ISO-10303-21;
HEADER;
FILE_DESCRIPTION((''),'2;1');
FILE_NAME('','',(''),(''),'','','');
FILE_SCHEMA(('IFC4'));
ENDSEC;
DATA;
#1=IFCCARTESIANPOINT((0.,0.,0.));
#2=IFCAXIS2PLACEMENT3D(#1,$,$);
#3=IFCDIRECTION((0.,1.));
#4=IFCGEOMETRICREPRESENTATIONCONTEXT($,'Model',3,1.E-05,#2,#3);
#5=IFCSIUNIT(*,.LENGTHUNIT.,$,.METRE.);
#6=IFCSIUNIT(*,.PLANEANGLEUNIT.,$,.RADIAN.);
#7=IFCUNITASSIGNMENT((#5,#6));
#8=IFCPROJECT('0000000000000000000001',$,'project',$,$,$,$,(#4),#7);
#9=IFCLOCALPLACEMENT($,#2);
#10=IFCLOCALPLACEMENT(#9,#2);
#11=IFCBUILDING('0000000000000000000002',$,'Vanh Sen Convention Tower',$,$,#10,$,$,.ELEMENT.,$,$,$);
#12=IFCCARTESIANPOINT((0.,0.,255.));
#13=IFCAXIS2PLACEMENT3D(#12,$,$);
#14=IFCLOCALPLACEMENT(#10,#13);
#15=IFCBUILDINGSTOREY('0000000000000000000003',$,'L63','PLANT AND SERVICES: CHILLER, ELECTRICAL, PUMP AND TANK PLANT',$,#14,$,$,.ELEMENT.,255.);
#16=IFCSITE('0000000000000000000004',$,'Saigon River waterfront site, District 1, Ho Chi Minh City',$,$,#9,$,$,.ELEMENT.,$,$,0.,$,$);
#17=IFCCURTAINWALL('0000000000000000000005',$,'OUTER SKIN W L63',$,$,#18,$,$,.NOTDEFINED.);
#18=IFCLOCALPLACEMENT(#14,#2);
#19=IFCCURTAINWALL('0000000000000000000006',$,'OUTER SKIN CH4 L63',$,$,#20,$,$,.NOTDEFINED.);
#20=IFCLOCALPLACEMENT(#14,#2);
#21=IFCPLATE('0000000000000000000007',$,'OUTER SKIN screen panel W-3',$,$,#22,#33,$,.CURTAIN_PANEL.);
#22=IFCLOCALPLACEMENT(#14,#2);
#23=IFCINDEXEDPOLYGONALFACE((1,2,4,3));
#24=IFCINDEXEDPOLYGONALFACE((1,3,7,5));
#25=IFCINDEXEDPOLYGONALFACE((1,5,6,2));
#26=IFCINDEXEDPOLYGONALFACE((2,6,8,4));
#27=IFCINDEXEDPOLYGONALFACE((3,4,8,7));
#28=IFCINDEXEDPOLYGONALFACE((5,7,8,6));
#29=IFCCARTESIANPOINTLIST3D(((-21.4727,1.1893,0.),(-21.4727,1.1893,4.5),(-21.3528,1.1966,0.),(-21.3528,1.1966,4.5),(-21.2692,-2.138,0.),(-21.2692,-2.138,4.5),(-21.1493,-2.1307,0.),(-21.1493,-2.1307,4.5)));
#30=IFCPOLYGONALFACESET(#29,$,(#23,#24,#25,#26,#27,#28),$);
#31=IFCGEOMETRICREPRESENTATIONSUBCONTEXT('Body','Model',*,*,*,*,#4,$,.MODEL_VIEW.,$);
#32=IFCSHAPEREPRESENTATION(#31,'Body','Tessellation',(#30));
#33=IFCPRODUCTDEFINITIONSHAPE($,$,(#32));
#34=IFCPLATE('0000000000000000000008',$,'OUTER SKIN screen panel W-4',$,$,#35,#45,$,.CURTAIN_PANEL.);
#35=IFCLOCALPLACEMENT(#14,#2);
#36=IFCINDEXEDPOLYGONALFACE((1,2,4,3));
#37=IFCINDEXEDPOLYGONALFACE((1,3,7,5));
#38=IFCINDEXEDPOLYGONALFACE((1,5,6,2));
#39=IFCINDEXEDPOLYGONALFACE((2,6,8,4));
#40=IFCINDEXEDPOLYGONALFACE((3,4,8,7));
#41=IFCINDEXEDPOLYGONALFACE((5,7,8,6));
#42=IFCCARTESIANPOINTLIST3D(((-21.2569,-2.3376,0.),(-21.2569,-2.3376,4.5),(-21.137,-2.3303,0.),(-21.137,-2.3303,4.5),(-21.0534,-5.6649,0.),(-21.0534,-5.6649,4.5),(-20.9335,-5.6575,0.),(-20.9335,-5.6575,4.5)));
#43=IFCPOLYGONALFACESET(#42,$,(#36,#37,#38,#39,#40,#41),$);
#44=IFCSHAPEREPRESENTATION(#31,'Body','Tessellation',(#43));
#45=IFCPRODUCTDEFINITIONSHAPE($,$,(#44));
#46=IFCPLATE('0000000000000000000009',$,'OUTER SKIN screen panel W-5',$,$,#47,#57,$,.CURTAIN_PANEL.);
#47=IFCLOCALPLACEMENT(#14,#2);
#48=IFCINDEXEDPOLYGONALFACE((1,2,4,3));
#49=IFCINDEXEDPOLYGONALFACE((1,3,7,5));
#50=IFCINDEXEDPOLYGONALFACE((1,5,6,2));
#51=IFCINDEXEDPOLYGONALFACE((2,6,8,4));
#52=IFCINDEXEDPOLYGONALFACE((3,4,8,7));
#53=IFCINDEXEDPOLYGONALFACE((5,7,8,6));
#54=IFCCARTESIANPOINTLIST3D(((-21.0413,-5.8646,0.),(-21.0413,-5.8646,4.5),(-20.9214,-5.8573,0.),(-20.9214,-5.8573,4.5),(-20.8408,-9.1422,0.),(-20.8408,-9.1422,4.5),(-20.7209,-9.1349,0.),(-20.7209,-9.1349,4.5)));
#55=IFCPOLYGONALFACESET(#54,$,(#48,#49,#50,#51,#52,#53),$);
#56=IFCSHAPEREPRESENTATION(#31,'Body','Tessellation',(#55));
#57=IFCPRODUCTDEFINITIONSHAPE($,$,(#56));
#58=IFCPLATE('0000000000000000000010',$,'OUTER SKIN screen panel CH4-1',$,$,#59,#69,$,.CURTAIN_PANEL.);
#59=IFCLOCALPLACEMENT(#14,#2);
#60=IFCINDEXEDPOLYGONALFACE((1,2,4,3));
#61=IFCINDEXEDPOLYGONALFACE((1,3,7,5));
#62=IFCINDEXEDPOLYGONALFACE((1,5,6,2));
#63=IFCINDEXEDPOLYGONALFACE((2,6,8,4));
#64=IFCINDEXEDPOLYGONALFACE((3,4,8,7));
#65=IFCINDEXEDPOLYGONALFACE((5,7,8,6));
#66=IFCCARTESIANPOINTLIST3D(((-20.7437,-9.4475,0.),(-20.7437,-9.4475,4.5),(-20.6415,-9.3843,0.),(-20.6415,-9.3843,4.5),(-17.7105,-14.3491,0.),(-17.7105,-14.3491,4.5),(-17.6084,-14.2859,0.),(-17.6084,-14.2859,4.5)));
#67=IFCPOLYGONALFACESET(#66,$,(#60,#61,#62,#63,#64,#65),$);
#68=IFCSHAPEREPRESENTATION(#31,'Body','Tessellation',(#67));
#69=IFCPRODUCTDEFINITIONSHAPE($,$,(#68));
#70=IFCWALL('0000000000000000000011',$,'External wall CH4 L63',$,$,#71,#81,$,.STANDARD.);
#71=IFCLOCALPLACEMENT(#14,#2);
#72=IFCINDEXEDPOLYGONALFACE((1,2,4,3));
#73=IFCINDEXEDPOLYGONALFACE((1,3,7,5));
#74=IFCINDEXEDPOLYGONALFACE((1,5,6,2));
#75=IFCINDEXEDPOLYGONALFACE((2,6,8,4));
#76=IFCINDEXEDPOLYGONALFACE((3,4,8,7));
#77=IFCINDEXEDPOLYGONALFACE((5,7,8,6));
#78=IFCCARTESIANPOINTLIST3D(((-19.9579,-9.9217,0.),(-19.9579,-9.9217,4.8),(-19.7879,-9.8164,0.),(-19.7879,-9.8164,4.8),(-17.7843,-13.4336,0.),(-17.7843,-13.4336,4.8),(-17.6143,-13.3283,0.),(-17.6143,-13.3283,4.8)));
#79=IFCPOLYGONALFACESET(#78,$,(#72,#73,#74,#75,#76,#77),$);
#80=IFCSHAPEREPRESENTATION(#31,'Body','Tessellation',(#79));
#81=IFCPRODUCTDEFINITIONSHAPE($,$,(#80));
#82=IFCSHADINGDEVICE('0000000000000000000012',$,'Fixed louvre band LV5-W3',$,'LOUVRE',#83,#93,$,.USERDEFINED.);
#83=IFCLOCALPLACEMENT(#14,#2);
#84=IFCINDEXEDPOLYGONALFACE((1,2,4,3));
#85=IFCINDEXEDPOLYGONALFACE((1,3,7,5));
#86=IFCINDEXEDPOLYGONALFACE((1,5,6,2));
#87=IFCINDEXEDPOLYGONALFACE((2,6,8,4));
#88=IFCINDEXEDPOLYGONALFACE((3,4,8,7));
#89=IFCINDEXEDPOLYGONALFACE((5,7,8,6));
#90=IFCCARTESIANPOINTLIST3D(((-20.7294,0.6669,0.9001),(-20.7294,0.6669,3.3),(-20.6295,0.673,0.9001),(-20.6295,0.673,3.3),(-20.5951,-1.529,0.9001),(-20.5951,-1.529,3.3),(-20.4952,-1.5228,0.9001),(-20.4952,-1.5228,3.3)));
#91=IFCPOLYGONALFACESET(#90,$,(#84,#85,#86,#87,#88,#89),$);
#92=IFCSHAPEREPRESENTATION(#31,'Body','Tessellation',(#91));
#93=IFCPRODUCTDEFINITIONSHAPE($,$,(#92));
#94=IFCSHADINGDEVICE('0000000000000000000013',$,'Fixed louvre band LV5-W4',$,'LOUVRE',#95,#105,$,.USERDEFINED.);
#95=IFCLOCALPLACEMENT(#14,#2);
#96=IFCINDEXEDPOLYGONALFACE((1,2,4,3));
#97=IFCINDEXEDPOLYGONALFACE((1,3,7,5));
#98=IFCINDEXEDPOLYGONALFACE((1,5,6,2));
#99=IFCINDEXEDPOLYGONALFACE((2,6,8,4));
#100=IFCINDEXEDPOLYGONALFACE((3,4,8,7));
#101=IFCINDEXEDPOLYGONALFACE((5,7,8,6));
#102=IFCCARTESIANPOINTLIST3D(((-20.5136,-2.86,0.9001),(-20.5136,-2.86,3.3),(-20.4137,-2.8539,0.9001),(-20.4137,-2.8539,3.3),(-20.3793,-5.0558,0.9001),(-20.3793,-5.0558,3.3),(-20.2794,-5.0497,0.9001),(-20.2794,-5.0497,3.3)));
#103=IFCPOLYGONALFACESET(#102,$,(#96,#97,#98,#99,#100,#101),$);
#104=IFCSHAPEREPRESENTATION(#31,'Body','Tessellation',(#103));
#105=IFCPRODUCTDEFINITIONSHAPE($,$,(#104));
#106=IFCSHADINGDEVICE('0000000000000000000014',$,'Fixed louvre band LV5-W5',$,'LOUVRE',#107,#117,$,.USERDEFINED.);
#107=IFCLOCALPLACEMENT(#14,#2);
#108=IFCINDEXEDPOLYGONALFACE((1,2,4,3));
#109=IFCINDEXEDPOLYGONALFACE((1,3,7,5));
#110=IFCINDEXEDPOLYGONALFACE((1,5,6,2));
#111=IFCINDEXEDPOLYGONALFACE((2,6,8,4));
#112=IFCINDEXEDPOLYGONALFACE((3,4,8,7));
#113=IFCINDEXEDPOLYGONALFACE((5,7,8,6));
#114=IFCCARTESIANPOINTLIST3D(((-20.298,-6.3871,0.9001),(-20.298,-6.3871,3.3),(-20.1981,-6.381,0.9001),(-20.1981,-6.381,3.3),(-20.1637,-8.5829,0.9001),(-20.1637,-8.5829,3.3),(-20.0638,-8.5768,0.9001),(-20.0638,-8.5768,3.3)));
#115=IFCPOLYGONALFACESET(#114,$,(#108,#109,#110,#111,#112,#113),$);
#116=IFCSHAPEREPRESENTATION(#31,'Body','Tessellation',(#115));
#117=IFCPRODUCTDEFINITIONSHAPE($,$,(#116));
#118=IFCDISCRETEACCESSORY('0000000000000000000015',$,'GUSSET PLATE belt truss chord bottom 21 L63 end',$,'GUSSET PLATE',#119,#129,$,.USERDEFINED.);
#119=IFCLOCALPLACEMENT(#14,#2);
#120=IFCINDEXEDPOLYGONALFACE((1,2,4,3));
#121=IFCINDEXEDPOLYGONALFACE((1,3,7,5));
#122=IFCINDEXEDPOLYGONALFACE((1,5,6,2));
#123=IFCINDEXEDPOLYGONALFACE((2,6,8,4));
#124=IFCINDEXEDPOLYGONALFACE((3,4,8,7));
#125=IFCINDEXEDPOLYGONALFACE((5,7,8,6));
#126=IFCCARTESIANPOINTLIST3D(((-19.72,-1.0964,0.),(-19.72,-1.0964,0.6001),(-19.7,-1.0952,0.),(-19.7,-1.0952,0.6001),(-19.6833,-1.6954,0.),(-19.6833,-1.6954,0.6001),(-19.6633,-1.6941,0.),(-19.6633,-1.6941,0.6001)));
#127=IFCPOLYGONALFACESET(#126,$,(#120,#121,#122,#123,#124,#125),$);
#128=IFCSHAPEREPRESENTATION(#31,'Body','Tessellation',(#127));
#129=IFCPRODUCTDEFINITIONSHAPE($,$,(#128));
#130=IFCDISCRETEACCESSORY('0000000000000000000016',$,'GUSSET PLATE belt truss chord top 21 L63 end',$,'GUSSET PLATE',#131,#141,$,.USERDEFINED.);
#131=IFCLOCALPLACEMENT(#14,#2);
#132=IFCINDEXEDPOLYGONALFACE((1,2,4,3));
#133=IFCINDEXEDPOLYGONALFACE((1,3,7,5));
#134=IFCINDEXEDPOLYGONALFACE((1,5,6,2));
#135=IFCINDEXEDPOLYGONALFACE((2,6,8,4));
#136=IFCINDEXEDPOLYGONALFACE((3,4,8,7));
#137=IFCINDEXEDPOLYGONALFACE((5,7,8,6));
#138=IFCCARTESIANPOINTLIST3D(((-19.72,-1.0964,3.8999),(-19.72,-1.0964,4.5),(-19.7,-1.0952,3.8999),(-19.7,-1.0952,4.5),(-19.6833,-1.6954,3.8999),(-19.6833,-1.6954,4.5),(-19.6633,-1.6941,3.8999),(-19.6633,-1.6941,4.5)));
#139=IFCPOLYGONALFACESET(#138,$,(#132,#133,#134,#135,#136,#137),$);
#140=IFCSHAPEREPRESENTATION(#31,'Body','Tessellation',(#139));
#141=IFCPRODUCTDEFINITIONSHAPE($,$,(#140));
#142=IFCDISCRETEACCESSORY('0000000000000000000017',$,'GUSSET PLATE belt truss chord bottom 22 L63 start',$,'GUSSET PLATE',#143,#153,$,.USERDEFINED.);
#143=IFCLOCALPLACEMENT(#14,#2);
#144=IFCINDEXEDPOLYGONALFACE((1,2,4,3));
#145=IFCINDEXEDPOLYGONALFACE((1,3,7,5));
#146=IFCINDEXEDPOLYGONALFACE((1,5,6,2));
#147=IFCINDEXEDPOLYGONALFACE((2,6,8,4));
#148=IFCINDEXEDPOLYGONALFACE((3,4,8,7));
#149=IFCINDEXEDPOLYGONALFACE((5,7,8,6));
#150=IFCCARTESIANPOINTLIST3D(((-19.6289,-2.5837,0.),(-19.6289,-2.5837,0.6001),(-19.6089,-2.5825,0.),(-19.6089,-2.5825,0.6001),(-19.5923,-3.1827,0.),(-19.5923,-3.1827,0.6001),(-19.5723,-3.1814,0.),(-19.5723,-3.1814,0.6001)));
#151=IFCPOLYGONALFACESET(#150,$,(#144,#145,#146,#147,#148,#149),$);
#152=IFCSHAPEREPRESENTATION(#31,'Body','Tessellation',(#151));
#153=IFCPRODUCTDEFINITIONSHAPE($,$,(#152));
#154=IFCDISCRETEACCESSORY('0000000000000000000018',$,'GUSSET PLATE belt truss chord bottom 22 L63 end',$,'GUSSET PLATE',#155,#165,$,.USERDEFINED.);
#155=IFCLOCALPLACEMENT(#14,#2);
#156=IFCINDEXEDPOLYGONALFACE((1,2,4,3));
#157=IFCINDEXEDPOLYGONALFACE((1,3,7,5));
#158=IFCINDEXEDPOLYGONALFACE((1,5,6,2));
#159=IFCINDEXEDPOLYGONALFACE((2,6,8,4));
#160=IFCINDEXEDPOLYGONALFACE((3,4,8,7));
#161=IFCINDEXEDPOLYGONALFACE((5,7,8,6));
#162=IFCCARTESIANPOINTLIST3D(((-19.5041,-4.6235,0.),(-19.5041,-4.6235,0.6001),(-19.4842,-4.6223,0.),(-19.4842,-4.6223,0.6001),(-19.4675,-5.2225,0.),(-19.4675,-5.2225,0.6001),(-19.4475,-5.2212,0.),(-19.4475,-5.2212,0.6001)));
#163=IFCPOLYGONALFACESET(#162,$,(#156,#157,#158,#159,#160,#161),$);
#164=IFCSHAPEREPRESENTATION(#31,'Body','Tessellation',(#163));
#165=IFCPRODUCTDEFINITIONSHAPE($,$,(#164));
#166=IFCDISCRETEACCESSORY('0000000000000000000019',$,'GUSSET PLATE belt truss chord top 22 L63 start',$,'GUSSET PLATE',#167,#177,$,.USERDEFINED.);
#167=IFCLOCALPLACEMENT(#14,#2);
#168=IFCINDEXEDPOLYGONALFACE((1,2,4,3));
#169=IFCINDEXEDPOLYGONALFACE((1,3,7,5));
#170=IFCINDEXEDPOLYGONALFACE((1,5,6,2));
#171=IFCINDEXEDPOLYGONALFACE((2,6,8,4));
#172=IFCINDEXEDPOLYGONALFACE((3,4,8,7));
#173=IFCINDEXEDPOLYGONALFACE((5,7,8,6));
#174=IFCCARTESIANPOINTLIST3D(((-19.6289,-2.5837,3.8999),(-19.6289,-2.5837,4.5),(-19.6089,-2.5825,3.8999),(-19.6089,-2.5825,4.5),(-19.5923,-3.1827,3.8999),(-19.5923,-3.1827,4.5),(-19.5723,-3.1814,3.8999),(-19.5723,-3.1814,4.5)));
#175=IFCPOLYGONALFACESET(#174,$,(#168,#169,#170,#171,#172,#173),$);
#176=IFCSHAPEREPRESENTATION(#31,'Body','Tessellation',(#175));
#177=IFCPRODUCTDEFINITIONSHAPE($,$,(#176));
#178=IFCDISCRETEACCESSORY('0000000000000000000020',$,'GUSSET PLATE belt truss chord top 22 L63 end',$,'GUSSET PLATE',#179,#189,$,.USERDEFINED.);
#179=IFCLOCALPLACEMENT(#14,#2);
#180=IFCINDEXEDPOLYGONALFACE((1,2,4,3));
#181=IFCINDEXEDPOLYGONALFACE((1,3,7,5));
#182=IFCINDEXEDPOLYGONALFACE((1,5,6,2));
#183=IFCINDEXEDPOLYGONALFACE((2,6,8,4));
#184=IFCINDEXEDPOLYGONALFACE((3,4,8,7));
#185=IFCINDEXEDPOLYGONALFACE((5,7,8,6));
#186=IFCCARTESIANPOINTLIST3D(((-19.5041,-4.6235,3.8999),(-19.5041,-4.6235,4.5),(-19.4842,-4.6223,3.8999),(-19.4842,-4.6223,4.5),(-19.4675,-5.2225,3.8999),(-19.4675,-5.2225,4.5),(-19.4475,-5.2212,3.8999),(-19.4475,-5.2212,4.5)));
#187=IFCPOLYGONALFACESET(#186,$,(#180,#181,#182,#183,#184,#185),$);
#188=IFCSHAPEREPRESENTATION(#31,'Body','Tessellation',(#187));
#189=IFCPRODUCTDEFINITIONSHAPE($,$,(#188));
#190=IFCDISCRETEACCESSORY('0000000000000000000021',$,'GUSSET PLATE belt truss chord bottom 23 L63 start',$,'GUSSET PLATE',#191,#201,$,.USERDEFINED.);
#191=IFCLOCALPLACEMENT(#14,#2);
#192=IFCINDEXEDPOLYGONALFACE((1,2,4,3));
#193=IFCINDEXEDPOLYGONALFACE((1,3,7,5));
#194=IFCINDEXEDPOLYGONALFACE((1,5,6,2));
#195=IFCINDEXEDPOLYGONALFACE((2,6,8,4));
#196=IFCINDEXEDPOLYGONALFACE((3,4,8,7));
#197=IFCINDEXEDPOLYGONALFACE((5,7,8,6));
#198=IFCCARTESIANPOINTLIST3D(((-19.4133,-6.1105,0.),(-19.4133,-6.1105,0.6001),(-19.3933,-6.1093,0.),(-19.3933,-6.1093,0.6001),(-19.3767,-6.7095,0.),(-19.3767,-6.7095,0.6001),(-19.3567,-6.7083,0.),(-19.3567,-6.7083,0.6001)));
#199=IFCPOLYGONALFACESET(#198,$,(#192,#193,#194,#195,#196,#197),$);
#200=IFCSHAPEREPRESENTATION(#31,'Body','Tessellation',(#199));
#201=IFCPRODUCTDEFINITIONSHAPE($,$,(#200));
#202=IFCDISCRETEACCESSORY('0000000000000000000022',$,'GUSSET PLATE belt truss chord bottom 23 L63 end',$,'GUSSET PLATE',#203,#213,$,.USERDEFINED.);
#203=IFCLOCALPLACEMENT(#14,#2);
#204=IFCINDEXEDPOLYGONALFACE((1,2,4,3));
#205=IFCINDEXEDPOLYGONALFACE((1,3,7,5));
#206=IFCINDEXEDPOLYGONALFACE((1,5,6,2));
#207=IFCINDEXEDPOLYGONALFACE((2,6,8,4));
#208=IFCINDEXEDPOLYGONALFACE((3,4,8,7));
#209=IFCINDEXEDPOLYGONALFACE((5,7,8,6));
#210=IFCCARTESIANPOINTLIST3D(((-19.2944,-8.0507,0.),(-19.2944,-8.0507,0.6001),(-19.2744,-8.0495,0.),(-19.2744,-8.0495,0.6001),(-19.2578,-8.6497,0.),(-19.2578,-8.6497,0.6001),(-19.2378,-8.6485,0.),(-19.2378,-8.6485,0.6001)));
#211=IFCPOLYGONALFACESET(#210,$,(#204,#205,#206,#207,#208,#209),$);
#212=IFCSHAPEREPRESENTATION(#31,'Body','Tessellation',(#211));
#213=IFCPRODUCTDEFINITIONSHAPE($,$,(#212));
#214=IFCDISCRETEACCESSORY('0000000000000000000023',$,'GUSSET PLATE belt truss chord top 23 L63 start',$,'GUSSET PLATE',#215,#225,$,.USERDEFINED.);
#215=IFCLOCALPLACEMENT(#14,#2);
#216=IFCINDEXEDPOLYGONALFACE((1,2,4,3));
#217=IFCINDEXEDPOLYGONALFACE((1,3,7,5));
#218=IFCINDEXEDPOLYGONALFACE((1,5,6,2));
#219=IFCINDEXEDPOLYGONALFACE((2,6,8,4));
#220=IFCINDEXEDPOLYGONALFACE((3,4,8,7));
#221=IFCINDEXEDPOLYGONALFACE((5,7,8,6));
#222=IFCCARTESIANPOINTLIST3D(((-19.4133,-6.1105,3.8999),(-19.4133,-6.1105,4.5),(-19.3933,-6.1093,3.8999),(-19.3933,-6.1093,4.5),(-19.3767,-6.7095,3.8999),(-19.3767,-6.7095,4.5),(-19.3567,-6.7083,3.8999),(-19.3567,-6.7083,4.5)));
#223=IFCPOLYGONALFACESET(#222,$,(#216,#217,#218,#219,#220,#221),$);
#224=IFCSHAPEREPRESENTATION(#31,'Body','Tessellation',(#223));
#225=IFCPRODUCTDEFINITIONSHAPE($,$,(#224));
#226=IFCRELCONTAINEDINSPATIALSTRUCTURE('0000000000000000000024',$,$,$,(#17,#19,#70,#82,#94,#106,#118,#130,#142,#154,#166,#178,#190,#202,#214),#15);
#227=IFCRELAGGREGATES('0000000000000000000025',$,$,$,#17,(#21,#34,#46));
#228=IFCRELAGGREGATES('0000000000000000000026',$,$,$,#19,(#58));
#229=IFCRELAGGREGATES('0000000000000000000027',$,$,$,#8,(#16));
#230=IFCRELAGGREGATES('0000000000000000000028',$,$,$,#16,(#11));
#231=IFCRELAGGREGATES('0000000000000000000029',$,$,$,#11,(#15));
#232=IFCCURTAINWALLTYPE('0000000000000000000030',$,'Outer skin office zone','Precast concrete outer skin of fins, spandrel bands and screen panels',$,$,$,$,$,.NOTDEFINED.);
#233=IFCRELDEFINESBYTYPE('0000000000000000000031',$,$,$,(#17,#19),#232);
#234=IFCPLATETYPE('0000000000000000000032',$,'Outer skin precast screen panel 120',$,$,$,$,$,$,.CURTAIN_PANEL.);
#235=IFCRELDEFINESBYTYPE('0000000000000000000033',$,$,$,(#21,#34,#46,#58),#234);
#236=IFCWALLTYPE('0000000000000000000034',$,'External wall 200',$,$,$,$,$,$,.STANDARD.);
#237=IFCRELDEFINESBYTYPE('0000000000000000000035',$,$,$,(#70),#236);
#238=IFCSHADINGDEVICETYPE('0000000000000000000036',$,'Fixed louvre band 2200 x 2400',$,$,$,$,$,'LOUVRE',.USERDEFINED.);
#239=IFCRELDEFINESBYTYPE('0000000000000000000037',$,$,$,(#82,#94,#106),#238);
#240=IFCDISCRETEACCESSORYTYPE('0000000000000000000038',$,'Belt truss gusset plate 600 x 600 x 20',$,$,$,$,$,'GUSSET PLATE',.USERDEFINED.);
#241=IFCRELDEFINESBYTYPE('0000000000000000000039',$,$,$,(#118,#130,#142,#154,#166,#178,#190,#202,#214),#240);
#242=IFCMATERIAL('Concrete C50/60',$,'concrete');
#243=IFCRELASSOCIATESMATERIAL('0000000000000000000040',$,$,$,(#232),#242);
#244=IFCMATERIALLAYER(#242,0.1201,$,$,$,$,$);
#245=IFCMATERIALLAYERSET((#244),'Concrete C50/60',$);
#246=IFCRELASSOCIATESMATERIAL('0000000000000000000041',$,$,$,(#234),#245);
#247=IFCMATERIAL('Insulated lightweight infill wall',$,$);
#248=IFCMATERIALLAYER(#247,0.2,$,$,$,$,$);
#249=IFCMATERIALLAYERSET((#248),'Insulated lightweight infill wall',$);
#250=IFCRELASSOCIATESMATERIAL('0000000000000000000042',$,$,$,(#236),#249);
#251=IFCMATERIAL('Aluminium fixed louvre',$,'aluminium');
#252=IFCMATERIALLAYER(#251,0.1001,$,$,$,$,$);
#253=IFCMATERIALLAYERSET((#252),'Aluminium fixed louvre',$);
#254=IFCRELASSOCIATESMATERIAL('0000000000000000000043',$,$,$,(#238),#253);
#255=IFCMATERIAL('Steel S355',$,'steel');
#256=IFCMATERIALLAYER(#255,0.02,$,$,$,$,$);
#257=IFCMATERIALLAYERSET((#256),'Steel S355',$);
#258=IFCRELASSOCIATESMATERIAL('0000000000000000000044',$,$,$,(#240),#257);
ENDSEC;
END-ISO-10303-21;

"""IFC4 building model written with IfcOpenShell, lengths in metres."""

from ifc_helpers import new_model, si_unit, direction, frame, frame_2d, origin, origin_2d, place, context, subcontext, project, spatial, rectangle, extrude, material, layer, layer_set, type_object, element, aggregate, save


model = new_model("IFC4")

# Units and contexts
model_context = context("Model", 3, precision=1e-05, world=origin(), true_north=direction((0.0, 1.0)))
body_context = subcontext(model_context, "Body", "Model", "MODEL_VIEW")
ifc_project = project(units=[si_unit("LENGTHUNIT", "METRE"), si_unit("PLANEANGLEUNIT", "RADIAN")], contexts=[model_context])

# Site, building, storey
site_placement = place(None, origin())
site = spatial("IfcSite", under=ifc_project, at=site_placement, Name="Saigon River waterfront site, District 1, Ho Chi Minh City", CompositionType="ELEMENT", RefElevation=0.0)
building_placement = place(site_placement, origin())
building = spatial("IfcBuilding", under=site, at=building_placement, Name="Vanh Sen Convention Tower", CompositionType="ELEMENT")
storey_placement = place(building_placement, frame((0.0, 0.0, 255.0)))
storey = spatial("IfcBuildingStorey", under=building, at=storey_placement, Name="L63", Description="PLANT AND SERVICES: CHILLER, ELECTRICAL, PUMP AND TANK PLANT", CompositionType="ELEMENT", Elevation=255.0)

# Shared definitions
ifc_material_1 = material(Name="Steel S355", Category="steel")

# Curtain wall
ifc_material_2 = material(Name="Concrete C50/60", Category="concrete")
curtain_wall_type = type_object("IfcCurtainWallType", Name="Outer skin office zone", Description="Precast concrete outer skin of fins, spandrel bands and screen panels", PredefinedType="NOTDEFINED", material=ifc_material_2)
curtain_wall_1_placement = place(storey_placement, origin())
curtain_wall_1 = element("IfcCurtainWall", 1, at=curtain_wall_1_placement, inside=storey, type_object=curtain_wall_type, Name="OUTER SKIN W L63", PredefinedType="NOTDEFINED")

# Curtain wall
curtain_wall_2_placement = place(storey_placement, origin())
curtain_wall_2 = element("IfcCurtainWall", 2, at=curtain_wall_2_placement, inside=storey, type_object=curtain_wall_type, Name="OUTER SKIN CH4 L63", PredefinedType="NOTDEFINED")

# Plates
ifc_layer_1 = layer(ifc_material_2, 0.1201)
ifc_layer_set_1 = layer_set([ifc_layer_1], Name="Concrete C50/60")
plate_type = type_object("IfcPlateType", Name="Outer skin precast screen panel 120", PredefinedType="CURTAIN_PANEL", material=ifc_layer_set_1)
plate_1_placement = place(storey_placement, frame((-21.311, -0.4707, 0.0), z_axis=(0.0, 0.0, 1.0), x_axis=(0.061043, -0.998135, 0.0)))
plate_1 = element("IfcPlate", 3, at=plate_1_placement, type_object=plate_type, Name="OUTER SKIN screen panel W-3", PredefinedType="CURTAIN_PANEL", context=body_context, shape_type="SweptSolid", body=[
    extrude(rectangle(XDim=3.3335, YDim=0.1201, at=origin_2d()), origin(), (0.0, 0.0, 1.0), 4.5),
])
plate_2_placement = place(storey_placement, frame((-21.0952, -3.9976, 0.0), z_axis=(0.0, 0.0, 1.0), x_axis=(0.061043, -0.998135, 0.0)))
plate_2 = element("IfcPlate", 4, at=plate_2_placement, type_object=plate_type, Name="OUTER SKIN screen panel W-4", PredefinedType="CURTAIN_PANEL", context=body_context, shape_type="SweptSolid", body=[
    extrude(rectangle(XDim=3.3335, YDim=0.1201, at=origin_2d()), origin(), (0.0, 0.0, 1.0), 4.5),
])
plate_3_placement = place(storey_placement, frame((-20.8811, -7.4998, 0.0), z_axis=(0.0, 0.0, 1.0), x_axis=(0.061069, -0.998134, 0.0)))
plate_3 = element("IfcPlate", 5, at=plate_3_placement, type_object=plate_type, Name="OUTER SKIN screen panel W-5", PredefinedType="CURTAIN_PANEL", context=body_context, shape_type="SweptSolid", body=[
    extrude(rectangle(XDim=3.2837, YDim=0.1201, at=origin_2d()), origin(), (0.0, 0.0, 1.0), 4.5),
])
aggregate(curtain_wall_1, [plate_1, plate_2, plate_3])
plate_4_placement = place(storey_placement, frame((-19.176, -11.8667, 0.0), z_axis=(0.0, 0.0, 1.0), x_axis=(0.526215, -0.850351, 0.0)))
plate_4 = element("IfcPlate", 6, at=plate_4_placement, type_object=plate_type, Name="OUTER SKIN screen panel CH4-1", PredefinedType="CURTAIN_PANEL", context=body_context, shape_type="SweptSolid", body=[
    extrude(rectangle(XDim=5.7642, YDim=0.1201, at=origin_2d()), origin(), (0.0, 0.0, 1.0), 4.5),
])
aggregate(curtain_wall_2, [plate_4])

# Wall
ifc_material_3 = material(Name="Insulated lightweight infill wall")
ifc_layer_2 = layer(ifc_material_3, 0.2)
ifc_layer_set_2 = layer_set([ifc_layer_2], Name="Insulated lightweight infill wall")
wall_type = type_object("IfcWallType", Name="External wall 200", PredefinedType="STANDARD", material=ifc_layer_set_2)
wall_placement = place(storey_placement, frame((-19.8728, -9.8691, 0.0), z_axis=(0.0, 0.0, 1.0), x_axis=(0.526269, -0.850318, 0.0)))
element("IfcWall", 7, at=wall_placement, inside=storey, type_object=wall_type, Name="External wall CH4 L63", PredefinedType="STANDARD", context=body_context, shape_type="SweptSolid", body=[
    extrude(rectangle(XDim=4.1301, YDim=0.2, at=frame_2d((2.0649, 0.0))), origin(), (0.0, 0.0, 1.0), 4.8),
])

# Shading devices
ifc_material_4 = material(Name="Aluminium fixed louvre", Category="aluminium")
ifc_layer_3 = layer(ifc_material_4, 0.1001)
ifc_layer_set_3 = layer_set([ifc_layer_3], Name="Aluminium fixed louvre")
shading_device_type = type_object("IfcShadingDeviceType", Name="Fixed louvre band 2200 x 2400", ElementType="LOUVRE", PredefinedType="USERDEFINED", material=ifc_layer_set_3)
for number, where, z_axis, x_axis, name in (
    (8, (-20.6123, -0.428, 0.9001), (0.0, 0.0, 1.0), (0.061045, -0.998135, 0.0), "Fixed louvre band LV5-W3"),
    (9, (-20.3965, -3.9548, 0.9001), (0.0, 0.0, 1.0), (0.061045, -0.998135, 0.0), "Fixed louvre band LV5-W4"),
    (10, (-20.1809, -7.4819, 0.9001), (0.0, 0.0, 1.0), (0.061045, -0.998135, 0.0), "Fixed louvre band LV5-W5"),
):
    element("IfcShadingDevice", number, at=place(storey_placement, frame(where, z_axis=z_axis, x_axis=x_axis)), inside=storey, type_object=shading_device_type, Name=name, ObjectType="LOUVRE", PredefinedType="USERDEFINED", context=body_context, shape_type="SweptSolid", body=[
        extrude(rectangle(XDim=2.2, YDim=0.1001, at=origin_2d()), origin(), (0.0, 0.0, 1.0), 2.3999),
    ])

# Discrete accessories
ifc_layer_4 = layer(ifc_material_1, 0.02)
ifc_layer_set_4 = layer_set([ifc_layer_4], Name="Steel S355")
discrete_accessory_type_1 = type_object("IfcDiscreteAccessoryType", Name="Belt truss gusset plate 600 x 600 x 20", ElementType="GUSSET PLATE", PredefinedType="USERDEFINED", material=ifc_layer_set_4)
for number, where, z_axis, x_axis, name in (
    (11, (-19.6917, -1.3953, 0.0), (0.0, 0.0, 1.0), (-0.061043, 0.998135, 0.0), "GUSSET PLATE belt truss chord bottom 21 L63 end"),
    (12, (-19.6917, -1.3953, 3.8999), (0.0, 0.0, 1.0), (-0.061043, 0.998135, 0.0), "GUSSET PLATE belt truss chord top 21 L63 end"),
    (13, (-19.6006, -2.8826, 0.0), (0.0, 0.0, 1.0), (0.061043, -0.998135, 0.0), "GUSSET PLATE belt truss chord bottom 22 L63 start"),
    (14, (-19.4758, -4.9224, 0.0), (0.0, 0.0, 1.0), (-0.061043, 0.998135, 0.0), "GUSSET PLATE belt truss chord bottom 22 L63 end"),
    (15, (-19.6006, -2.8826, 3.8999), (0.0, 0.0, 1.0), (0.061043, -0.998135, 0.0), "GUSSET PLATE belt truss chord top 22 L63 start"),
    (16, (-19.4758, -4.9224, 3.8999), (0.0, 0.0, 1.0), (-0.061043, 0.998135, 0.0), "GUSSET PLATE belt truss chord top 22 L63 end"),
    (17, (-19.385, -6.4094, 0.0), (0.0, 0.0, 1.0), (0.061069, -0.998134, 0.0), "GUSSET PLATE belt truss chord bottom 23 L63 start"),
    (18, (-19.2661, -8.3496, 0.0), (0.0, 0.0, 1.0), (-0.061069, 0.998134, 0.0), "GUSSET PLATE belt truss chord bottom 23 L63 end"),
    (19, (-19.385, -6.4094, 3.8999), (0.0, 0.0, 1.0), (0.061069, -0.998134, 0.0), "GUSSET PLATE belt truss chord top 23 L63 start"),
):
    element("IfcDiscreteAccessory", number, at=place(storey_placement, frame(where, z_axis=z_axis, x_axis=x_axis)), inside=storey, type_object=discrete_accessory_type_1, Name=name, ObjectType="GUSSET PLATE", PredefinedType="USERDEFINED", context=body_context, shape_type="SweptSolid", body=[
        extrude(rectangle(XDim=0.6001, YDim=0.02, at=origin_2d()), origin(), (0.0, 0.0, 1.0), 0.6001),
    ])

save(model, "model.ifc")
